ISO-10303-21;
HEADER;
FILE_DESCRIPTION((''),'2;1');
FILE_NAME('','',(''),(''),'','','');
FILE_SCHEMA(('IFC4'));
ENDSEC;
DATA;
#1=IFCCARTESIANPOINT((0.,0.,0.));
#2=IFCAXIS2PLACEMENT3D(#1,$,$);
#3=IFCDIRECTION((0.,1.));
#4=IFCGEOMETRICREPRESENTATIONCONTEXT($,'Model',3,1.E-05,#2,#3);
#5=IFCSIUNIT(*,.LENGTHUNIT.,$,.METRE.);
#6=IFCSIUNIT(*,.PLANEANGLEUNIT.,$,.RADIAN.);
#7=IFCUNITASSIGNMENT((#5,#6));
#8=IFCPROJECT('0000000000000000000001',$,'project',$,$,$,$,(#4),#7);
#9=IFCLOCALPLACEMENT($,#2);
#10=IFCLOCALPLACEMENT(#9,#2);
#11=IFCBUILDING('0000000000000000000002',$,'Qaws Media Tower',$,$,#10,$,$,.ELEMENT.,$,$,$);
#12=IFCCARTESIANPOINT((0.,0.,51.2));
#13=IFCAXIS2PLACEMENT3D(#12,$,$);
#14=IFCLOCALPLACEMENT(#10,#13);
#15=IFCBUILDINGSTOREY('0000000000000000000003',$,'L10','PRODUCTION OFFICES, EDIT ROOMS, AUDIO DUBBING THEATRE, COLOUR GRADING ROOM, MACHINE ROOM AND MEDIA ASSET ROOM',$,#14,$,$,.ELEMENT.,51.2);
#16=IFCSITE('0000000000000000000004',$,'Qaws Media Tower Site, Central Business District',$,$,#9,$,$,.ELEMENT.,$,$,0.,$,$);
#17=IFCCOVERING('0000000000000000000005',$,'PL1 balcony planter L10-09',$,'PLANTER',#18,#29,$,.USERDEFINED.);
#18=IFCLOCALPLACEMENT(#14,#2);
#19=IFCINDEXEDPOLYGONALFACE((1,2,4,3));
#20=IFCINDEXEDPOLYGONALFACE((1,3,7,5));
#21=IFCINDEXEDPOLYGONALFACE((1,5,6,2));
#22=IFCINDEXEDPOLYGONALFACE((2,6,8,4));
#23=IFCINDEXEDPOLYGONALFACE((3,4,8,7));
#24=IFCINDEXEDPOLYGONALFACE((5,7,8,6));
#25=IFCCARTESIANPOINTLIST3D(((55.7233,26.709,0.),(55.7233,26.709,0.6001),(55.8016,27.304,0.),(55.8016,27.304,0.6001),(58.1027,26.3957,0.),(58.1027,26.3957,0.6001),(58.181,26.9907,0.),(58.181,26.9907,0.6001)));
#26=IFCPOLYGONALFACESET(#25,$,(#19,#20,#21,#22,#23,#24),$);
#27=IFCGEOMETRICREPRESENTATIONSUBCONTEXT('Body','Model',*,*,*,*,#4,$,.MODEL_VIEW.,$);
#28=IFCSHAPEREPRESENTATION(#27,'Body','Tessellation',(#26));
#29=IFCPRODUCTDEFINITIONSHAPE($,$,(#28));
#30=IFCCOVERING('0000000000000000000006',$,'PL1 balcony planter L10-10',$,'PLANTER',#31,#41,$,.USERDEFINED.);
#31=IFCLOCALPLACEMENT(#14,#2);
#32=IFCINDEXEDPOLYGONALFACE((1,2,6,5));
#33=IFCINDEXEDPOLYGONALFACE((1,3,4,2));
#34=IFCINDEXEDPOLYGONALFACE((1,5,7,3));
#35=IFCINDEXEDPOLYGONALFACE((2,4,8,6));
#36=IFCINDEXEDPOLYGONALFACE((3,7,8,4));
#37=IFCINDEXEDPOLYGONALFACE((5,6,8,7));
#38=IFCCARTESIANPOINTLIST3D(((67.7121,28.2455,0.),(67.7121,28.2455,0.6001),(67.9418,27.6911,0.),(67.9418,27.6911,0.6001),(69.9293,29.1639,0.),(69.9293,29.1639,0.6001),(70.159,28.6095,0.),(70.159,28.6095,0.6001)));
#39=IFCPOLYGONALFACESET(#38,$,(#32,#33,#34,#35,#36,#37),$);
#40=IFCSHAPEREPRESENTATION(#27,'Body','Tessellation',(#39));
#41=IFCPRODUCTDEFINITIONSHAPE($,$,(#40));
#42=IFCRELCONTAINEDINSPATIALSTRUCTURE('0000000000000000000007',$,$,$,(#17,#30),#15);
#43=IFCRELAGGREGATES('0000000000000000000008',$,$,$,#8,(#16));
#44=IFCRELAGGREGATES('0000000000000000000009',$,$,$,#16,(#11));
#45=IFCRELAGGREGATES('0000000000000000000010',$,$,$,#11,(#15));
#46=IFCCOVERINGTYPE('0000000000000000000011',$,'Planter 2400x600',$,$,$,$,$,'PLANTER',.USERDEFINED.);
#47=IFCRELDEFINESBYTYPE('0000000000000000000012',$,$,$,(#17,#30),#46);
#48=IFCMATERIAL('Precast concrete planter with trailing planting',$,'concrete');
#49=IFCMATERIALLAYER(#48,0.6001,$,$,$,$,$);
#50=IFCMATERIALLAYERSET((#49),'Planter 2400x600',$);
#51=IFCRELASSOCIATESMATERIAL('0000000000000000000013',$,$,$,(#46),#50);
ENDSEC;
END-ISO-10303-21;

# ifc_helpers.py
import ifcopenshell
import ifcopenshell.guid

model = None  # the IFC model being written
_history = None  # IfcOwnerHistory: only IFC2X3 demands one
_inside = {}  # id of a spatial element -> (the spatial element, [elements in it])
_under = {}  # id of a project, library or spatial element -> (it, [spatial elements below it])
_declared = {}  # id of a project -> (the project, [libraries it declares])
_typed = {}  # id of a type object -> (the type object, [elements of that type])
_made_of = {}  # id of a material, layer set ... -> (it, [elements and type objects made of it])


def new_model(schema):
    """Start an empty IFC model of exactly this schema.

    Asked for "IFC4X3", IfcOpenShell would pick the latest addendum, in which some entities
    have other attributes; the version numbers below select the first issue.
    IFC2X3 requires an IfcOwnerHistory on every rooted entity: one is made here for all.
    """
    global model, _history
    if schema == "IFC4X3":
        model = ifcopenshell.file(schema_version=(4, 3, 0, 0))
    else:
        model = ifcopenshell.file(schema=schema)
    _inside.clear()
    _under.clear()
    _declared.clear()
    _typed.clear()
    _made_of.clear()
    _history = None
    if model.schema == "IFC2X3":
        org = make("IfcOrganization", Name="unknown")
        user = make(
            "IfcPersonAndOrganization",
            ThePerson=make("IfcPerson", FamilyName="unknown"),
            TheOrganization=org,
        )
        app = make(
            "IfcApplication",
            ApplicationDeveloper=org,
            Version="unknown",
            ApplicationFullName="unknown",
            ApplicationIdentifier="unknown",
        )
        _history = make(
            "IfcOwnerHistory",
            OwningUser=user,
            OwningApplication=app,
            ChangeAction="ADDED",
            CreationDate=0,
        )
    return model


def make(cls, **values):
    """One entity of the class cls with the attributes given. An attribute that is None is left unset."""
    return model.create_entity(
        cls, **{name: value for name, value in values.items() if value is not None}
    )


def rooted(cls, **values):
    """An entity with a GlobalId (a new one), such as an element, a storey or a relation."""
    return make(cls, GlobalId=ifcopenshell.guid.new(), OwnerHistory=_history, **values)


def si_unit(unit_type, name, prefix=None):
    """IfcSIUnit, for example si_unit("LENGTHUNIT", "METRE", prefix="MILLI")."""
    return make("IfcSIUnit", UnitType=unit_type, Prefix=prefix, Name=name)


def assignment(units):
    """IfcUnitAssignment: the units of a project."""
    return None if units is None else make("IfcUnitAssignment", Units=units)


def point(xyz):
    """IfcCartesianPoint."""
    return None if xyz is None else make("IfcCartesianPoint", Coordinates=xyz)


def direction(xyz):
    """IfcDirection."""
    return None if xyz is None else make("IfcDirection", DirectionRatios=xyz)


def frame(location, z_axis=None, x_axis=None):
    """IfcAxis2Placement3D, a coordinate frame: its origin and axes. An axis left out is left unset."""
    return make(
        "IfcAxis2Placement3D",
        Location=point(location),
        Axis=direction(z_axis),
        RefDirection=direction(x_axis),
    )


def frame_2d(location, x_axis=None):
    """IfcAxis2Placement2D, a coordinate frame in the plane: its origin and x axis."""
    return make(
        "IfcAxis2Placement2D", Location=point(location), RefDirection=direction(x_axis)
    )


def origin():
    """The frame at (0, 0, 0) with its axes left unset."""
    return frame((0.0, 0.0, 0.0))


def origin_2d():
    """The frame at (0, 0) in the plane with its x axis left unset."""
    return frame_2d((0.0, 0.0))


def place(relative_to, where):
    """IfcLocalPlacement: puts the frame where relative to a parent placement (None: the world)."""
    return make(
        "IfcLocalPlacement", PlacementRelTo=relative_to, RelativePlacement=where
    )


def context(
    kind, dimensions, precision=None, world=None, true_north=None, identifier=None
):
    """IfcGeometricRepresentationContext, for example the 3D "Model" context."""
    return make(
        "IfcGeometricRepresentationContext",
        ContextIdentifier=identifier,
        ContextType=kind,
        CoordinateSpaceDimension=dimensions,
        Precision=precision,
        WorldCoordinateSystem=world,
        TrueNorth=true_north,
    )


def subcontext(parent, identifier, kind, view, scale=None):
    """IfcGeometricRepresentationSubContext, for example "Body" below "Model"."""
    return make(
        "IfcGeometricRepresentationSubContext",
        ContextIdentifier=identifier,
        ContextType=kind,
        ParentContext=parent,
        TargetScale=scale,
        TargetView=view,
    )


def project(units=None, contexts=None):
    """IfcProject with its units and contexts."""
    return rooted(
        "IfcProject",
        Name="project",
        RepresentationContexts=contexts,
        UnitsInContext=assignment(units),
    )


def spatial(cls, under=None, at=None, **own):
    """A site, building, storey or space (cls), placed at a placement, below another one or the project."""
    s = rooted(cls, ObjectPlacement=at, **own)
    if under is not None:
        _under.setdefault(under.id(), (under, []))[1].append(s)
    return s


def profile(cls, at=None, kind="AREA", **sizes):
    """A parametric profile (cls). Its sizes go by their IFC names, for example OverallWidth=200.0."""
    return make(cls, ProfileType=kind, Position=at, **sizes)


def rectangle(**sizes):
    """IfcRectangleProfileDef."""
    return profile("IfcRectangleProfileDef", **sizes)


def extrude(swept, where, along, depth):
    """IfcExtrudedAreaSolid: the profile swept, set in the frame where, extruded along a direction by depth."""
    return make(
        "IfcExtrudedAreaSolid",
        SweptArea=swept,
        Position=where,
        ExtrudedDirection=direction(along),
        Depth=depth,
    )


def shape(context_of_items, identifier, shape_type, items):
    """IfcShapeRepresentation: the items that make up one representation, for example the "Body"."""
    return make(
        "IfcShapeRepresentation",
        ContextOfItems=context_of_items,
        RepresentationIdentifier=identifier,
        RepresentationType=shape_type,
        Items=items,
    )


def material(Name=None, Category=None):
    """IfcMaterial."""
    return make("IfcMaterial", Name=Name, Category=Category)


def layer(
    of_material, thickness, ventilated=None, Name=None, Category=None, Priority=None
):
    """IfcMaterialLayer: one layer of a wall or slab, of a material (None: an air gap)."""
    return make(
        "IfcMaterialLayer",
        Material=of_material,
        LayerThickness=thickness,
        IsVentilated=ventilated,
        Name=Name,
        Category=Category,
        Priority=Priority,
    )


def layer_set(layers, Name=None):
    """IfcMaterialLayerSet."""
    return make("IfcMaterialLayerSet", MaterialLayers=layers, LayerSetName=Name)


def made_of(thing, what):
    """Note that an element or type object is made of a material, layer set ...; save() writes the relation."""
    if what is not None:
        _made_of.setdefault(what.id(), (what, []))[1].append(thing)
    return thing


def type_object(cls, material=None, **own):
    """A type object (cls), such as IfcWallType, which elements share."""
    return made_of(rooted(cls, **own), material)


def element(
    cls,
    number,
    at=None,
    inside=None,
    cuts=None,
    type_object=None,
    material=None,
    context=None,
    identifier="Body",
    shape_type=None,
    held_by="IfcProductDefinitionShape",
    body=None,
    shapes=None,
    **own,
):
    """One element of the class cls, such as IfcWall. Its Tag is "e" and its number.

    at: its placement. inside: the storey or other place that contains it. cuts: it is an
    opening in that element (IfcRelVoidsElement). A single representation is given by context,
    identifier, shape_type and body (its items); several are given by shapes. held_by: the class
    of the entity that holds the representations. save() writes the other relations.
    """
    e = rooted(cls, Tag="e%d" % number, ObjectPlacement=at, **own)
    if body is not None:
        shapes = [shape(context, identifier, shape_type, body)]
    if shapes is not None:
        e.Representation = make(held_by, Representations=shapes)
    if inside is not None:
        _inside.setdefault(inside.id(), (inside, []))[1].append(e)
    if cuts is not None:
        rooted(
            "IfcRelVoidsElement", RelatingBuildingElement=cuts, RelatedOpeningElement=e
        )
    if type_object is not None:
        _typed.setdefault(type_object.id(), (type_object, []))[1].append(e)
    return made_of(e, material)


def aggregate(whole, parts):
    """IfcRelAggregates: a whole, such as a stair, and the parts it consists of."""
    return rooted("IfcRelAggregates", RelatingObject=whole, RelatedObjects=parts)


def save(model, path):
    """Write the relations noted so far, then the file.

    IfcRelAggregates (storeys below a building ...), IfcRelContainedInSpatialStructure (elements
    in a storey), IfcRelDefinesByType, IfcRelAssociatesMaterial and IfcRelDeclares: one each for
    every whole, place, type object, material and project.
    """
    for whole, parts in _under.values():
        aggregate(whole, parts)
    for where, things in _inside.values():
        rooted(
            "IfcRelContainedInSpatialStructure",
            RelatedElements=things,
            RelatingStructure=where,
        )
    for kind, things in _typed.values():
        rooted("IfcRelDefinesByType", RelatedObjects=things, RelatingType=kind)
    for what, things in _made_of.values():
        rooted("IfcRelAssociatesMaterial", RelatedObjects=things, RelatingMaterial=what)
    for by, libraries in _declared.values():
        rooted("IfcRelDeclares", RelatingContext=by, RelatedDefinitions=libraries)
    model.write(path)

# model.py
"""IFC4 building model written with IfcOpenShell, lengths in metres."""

from ifc_helpers import new_model, si_unit, direction, frame, origin, origin_2d, place, context, subcontext, project, spatial, rectangle, extrude, material, layer, layer_set, type_object, element, save


model = new_model("IFC4")

# Units and contexts
model_context = context("Model", 3, precision=1e-05, world=origin(), true_north=direction((0.0, 1.0)))
body_context = subcontext(model_context, "Body", "Model", "MODEL_VIEW")
ifc_project = project(units=[si_unit("LENGTHUNIT", "METRE"), si_unit("PLANEANGLEUNIT", "RADIAN")], contexts=[model_context])

# Site, building, storey
site_placement = place(None, origin())
site = spatial("IfcSite", under=ifc_project, at=site_placement, Name="Qaws Media Tower Site, Central Business District", CompositionType="ELEMENT", RefElevation=0.0)
building_placement = place(site_placement, origin())
building = spatial("IfcBuilding", under=site, at=building_placement, Name="Qaws Media Tower", CompositionType="ELEMENT")
storey_placement = place(building_placement, frame((0.0, 0.0, 51.2)))
storey = spatial("IfcBuildingStorey", under=building, at=storey_placement, Name="L10", Description="PRODUCTION OFFICES, EDIT ROOMS, AUDIO DUBBING THEATRE, COLOUR GRADING ROOM, MACHINE ROOM AND MEDIA ASSET ROOM", CompositionType="ELEMENT", Elevation=51.2)

# Coverings
ifc_material_1 = material(Name="Precast concrete planter with trailing planting", Category="concrete")
ifc_layer_1 = layer(ifc_material_1, 0.6001)
ifc_layer_set_1 = layer_set([ifc_layer_1], Name="Planter 2400x600")
covering_type = type_object("IfcCoveringType", Name="Planter 2400x600", ElementType="PLANTER", PredefinedType="USERDEFINED", material=ifc_layer_set_1)
for number, where, z_axis, x_axis, name in (
    (1, (56.9521, 26.8499, 0.0), (0.0, 0.0, 1.0), (0.991445, -0.130526, 0.0), "PL1 balcony planter L10-09"),
    (2, (68.9355, 28.4275, 0.0), (0.0, 0.0, 1.0), (0.92388, 0.382683, 0.0), "PL1 balcony planter L10-10"),
):
    element("IfcCovering", number, at=place(storey_placement, frame(where, z_axis=z_axis, x_axis=x_axis)), inside=storey, type_object=covering_type, Name=name, ObjectType="PLANTER", PredefinedType="USERDEFINED", context=body_context, shape_type="SweptSolid", body=[
        extrude(rectangle(XDim=2.3999, YDim=0.6001, at=origin_2d()), origin(), (0.0, 0.0, 1.0), 0.6001),
    ])

save(model, "model.ifc")
